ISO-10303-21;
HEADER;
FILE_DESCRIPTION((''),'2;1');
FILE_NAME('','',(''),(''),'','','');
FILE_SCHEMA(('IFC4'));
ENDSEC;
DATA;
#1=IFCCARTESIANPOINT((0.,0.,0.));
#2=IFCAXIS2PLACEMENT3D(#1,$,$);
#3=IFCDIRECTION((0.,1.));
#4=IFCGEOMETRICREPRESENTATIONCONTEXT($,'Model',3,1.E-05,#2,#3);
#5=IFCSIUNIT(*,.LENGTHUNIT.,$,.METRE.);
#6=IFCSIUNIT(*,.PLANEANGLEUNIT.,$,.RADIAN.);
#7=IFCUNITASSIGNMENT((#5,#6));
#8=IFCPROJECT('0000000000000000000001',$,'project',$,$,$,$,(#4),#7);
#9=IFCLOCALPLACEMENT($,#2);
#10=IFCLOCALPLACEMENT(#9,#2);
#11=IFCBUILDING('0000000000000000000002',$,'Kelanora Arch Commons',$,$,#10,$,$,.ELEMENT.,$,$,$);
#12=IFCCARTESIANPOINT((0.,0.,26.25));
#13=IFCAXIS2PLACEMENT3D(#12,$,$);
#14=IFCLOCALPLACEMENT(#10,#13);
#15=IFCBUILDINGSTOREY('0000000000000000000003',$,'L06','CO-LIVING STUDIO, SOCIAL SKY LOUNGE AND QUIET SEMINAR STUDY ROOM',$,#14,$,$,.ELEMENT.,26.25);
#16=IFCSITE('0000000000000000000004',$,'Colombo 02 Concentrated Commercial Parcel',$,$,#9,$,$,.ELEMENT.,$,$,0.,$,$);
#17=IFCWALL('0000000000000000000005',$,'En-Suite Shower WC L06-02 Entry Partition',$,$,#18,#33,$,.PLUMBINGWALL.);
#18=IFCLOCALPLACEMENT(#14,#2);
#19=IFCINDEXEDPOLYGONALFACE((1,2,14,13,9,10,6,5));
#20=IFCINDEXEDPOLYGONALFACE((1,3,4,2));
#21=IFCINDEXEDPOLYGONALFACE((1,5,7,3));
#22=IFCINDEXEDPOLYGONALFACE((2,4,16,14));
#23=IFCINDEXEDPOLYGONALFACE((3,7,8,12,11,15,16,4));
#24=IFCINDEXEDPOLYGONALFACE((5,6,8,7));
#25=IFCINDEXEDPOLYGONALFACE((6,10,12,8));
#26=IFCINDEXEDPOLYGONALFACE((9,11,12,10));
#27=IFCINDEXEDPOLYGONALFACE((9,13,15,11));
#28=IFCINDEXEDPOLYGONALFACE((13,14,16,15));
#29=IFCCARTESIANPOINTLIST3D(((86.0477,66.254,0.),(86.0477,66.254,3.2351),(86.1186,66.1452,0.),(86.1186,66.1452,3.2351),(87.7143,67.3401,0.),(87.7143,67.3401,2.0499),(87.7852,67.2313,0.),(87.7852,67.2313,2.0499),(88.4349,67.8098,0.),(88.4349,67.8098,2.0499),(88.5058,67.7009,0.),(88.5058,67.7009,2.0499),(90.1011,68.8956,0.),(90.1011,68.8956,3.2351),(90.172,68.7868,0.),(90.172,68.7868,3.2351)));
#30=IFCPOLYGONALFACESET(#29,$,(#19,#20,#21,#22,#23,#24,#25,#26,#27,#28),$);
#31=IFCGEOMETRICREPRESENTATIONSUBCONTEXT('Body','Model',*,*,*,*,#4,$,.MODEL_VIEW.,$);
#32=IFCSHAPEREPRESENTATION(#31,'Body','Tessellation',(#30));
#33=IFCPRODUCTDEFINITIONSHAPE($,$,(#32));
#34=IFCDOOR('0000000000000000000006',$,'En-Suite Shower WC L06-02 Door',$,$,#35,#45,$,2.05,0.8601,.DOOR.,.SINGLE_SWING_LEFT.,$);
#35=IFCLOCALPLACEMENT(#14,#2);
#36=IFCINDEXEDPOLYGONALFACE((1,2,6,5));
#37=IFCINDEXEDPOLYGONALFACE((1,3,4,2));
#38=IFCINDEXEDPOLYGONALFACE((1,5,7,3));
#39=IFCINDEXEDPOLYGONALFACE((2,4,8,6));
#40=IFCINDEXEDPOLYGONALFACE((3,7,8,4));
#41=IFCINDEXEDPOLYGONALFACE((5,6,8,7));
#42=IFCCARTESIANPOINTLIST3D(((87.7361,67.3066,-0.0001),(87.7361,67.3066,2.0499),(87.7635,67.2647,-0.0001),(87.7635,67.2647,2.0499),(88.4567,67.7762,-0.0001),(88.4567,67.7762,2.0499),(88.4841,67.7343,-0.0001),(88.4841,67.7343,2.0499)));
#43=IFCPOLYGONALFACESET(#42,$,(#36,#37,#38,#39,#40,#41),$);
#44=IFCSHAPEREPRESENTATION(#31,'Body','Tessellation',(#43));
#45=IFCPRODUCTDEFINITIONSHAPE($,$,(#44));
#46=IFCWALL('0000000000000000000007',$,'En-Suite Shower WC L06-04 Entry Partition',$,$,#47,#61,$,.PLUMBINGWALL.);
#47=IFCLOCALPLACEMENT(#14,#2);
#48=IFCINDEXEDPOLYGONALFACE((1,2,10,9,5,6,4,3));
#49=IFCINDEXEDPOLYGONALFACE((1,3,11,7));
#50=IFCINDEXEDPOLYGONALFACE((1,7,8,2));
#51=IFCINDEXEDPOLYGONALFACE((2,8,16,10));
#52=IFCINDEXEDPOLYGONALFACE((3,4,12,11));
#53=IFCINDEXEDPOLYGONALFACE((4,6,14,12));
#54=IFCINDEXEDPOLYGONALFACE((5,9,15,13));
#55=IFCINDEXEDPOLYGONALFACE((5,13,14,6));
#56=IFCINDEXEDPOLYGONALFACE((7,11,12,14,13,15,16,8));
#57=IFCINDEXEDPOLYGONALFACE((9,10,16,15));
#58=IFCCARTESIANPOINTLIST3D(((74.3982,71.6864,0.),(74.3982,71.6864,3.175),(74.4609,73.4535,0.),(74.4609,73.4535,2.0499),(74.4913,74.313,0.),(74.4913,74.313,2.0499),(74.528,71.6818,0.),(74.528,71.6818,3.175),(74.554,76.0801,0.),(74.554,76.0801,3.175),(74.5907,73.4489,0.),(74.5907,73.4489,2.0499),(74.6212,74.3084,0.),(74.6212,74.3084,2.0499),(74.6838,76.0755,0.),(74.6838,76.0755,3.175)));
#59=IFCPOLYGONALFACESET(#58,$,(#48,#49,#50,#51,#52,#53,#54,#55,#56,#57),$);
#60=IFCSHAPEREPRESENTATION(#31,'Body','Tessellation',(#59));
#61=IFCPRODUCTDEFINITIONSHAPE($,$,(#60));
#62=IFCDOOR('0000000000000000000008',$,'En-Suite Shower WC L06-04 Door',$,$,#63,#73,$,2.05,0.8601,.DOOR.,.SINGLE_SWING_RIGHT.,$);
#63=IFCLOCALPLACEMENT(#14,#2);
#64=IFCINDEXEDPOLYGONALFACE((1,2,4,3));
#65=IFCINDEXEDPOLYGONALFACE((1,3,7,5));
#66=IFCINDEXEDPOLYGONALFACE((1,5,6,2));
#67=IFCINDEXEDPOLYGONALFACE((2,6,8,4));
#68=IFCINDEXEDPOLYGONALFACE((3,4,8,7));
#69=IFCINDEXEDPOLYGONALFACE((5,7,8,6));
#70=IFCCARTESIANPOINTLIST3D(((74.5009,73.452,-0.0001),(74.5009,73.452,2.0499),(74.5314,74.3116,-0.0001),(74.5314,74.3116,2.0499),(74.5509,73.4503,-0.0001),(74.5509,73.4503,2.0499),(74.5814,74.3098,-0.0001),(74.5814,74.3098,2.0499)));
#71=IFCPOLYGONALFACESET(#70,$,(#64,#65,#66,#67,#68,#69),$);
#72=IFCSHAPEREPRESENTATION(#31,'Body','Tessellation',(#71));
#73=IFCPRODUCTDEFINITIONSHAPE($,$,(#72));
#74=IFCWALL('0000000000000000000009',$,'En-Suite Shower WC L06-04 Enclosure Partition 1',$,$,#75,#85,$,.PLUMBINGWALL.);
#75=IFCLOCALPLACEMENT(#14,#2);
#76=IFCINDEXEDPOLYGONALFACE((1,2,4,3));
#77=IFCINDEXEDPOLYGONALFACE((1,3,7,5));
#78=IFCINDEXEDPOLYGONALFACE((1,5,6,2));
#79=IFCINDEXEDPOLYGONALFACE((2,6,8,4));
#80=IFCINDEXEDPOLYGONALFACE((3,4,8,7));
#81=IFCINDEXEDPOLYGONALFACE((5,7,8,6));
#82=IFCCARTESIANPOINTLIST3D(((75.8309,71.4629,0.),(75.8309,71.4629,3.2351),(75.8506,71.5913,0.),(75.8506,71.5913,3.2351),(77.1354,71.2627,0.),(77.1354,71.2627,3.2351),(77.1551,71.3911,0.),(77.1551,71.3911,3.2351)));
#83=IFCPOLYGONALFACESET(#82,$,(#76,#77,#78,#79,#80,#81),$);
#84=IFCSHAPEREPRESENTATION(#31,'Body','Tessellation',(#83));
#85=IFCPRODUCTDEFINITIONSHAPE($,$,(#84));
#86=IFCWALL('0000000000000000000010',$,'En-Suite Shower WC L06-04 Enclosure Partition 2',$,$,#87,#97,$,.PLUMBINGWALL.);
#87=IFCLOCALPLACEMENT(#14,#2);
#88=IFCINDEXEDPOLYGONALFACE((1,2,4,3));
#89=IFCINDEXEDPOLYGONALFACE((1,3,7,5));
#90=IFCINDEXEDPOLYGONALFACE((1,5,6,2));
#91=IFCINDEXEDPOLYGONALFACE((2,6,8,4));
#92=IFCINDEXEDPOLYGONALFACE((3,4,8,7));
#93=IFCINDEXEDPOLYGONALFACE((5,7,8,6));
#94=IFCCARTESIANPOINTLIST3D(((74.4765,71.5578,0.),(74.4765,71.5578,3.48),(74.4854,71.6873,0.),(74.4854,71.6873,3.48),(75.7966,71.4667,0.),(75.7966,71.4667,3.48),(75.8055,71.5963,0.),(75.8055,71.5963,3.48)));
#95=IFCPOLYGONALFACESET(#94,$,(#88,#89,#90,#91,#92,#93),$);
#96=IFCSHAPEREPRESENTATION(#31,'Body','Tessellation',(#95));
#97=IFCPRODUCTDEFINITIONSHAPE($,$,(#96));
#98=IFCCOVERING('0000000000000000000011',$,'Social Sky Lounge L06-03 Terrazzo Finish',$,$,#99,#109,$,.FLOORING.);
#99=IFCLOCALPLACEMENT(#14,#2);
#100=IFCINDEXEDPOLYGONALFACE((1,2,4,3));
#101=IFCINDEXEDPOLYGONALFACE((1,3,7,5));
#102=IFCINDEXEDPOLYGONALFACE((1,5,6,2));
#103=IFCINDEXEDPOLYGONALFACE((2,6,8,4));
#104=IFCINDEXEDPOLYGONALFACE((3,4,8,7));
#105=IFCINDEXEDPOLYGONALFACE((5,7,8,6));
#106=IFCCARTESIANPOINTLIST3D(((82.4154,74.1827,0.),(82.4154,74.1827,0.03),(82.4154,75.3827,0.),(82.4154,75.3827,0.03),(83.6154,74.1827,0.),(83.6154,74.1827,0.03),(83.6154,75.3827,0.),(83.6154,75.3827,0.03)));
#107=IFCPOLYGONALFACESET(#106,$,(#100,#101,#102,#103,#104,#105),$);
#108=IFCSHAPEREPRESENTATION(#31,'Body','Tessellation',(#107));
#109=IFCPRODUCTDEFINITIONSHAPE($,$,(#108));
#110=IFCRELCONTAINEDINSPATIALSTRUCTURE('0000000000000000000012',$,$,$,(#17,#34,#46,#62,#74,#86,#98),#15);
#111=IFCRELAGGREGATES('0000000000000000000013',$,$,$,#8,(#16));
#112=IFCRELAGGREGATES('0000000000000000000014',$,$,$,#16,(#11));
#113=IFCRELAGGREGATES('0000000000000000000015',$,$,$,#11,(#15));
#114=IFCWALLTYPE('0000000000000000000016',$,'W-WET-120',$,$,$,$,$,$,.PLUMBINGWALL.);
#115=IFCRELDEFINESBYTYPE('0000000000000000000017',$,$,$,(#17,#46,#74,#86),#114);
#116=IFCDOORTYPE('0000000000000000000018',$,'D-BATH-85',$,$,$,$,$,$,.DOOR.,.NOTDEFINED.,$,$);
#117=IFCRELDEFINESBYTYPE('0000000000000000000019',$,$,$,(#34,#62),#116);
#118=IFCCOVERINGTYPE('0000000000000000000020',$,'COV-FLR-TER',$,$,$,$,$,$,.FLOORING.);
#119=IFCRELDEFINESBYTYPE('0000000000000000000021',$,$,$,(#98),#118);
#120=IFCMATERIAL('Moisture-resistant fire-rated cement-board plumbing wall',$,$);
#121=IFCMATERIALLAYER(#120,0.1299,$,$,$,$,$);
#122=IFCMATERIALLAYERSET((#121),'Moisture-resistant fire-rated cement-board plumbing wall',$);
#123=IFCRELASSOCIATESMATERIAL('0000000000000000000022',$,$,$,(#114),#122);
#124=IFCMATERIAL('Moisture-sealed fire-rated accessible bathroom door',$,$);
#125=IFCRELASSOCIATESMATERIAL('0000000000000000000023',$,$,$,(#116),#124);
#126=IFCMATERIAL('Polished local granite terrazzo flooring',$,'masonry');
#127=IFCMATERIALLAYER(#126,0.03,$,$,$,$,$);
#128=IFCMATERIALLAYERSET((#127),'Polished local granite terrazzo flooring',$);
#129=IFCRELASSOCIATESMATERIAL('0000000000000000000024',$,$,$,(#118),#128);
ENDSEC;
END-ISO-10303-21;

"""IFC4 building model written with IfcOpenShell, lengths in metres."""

from ifc_helpers import new_model, si_unit, direction, frame, frame_2d, origin, origin_2d, place, context, subcontext, project, spatial, rectangle, extrude, source, transform, mapped, material, layer, layer_set, type_object, element, fill, save


model = new_model("IFC4")

# Units and contexts
model_context = context("Model", 3, precision=1e-05, world=origin(), true_north=direction((0.0, 1.0)))
body_context = subcontext(model_context, "Body", "Model", "MODEL_VIEW")
ifc_project = project(units=[si_unit("LENGTHUNIT", "METRE"), si_unit("PLANEANGLEUNIT", "RADIAN")], contexts=[model_context])

# Site, building, storey
site_placement = place(None, origin())
site = spatial("IfcSite", under=ifc_project, at=site_placement, Name="Colombo 02 Concentrated Commercial Parcel", CompositionType="ELEMENT", RefElevation=0.0)
building_placement = place(site_placement, origin())
building = spatial("IfcBuilding", under=site, at=building_placement, Name="Kelanora Arch Commons", CompositionType="ELEMENT")
storey_placement = place(building_placement, frame((0.0, 0.0, 26.25)))
storey = spatial("IfcBuildingStorey", under=building, at=storey_placement, Name="L06", Description="CO-LIVING STUDIO, SOCIAL SKY LOUNGE AND QUIET SEMINAR STUDY ROOM", CompositionType="ELEMENT", Elevation=26.25)

# Walls, openings, doors
ifc_material_1 = material(Name="Moisture-resistant fire-rated cement-board plumbing wall")
ifc_layer_1 = layer(ifc_material_1, 0.1299)
ifc_layer_set_1 = layer_set([ifc_layer_1], Name="Moisture-resistant fire-rated cement-board plumbing wall")
wall_type_1 = type_object("IfcWallType", Name="W-WET-120", PredefinedType="PLUMBINGWALL", material=ifc_layer_set_1)
wall_1_placement = place(storey_placement, frame((86.0833, 66.1997, 0.0), z_axis=(0.0, 0.0, 1.0), x_axis=(0.837796, 0.545983, 0.0)))
wall_1 = element("IfcWall", 1, at=wall_1_placement, inside=storey, type_object=wall_type_1, Name="En-Suite Shower WC L06-02 Entry Partition", PredefinedType="PLUMBINGWALL", context=body_context, shape_type="SweptSolid", body=[
    extrude(rectangle(XDim=4.8381, YDim=0.1299, at=frame_2d((2.4189, 0.0))), origin(), (0.0, 0.0, 1.0), 3.2351),
])
opening_1_placement = place(wall_1_placement, frame((1.989, 0.0, 0.0)))
opening_1 = element("IfcOpeningElement", 2, at=opening_1_placement, cuts=wall_1, PredefinedType="OPENING", context=body_context, shape_type="SweptSolid", body=[
    extrude(rectangle(XDim=0.8601, YDim=2.05, at=frame_2d((0.4302, 1.0249))), frame((0.0, 0.075, 0.0), z_axis=(0.0, -1.0, 0.0), x_axis=(1.0, 0.0, 0.0)), (0.0, 0.0, 1.0), 0.1499),
])
ifc_material_2 = material(Name="Moisture-sealed fire-rated accessible bathroom door")
door_type_1 = type_object("IfcDoorType", Name="D-BATH-85", OperationType="NOTDEFINED", PredefinedType="DOOR", material=ifc_material_2)
door_1_placement = place(opening_1_placement, origin())
door_1 = element("IfcDoor", 3, at=door_1_placement, inside=storey, type_object=door_type_1, Name="En-Suite Shower WC L06-02 Door", OperationType="SINGLE_SWING_LEFT", OverallHeight=2.05, OverallWidth=0.8601, PredefinedType="DOOR", context=body_context, shape_type="SweptSolid", body=[
    extrude(rectangle(XDim=0.8601, YDim=2.05, at=frame_2d((0.4302, 1.0249))), frame((0.0, 0.0249, 0.0), z_axis=(0.0, -1.0, 0.0), x_axis=(1.0, 0.0, 0.0)), (0.0, 0.0, 1.0), 0.05),
])
fill(opening_1, door_1)
wall_2_placement = place(storey_placement, frame((74.4631, 71.6841, 0.0), z_axis=(0.0, 0.0, 1.0), x_axis=(0.035428, 0.999372, 0.0)))
wall_2 = element("IfcWall", 4, at=wall_2_placement, inside=storey, type_object=wall_type_1, Name="En-Suite Shower WC L06-04 Entry Partition", PredefinedType="PLUMBINGWALL", context=body_context, shape_type="SweptSolid", body=[
    extrude(rectangle(XDim=4.3965, YDim=0.1299, at=frame_2d((2.1982, 0.0))), origin(), (0.0, 0.0, 1.0), 3.175),
])
opening_2_placement = place(wall_2_placement, frame((1.7681, 0.0, 0.0)))
opening_2 = element("IfcOpeningElement", 5, at=opening_2_placement, cuts=wall_2, PredefinedType="OPENING", context=body_context, shape_type="SweptSolid", body=[
    extrude(rectangle(XDim=0.8601, YDim=2.05, at=frame_2d((0.4302, 1.0249))), frame((0.0, 0.075, 0.0), z_axis=(0.0, -1.0, 0.0), x_axis=(1.0, 0.0, 0.0)), (0.0, 0.0, 1.0), 0.1499),
])
door_2_placement = place(opening_2_placement, origin())
door_2 = element("IfcDoor", 6, at=door_2_placement, inside=storey, type_object=door_type_1, Name="En-Suite Shower WC L06-04 Door", OperationType="SINGLE_SWING_RIGHT", OverallHeight=2.05, OverallWidth=0.8601, PredefinedType="DOOR", context=body_context, shape_type="SweptSolid", body=[
    extrude(rectangle(XDim=0.8601, YDim=2.05, at=frame_2d((0.4302, 1.0249))), frame((0.0, 0.0249, 0.0), z_axis=(0.0, -1.0, 0.0), x_axis=(1.0, 0.0, 0.0)), (0.0, 0.0, 1.0), 0.05),
])
fill(opening_2, door_2)

# Walls
wall_3_placement = place(storey_placement, frame((77.1453, 71.3269, 0.0), z_axis=(0.0, 0.0, 1.0), x_axis=(-0.988427, 0.151696, 0.0)))
element("IfcWall", 7, at=wall_3_placement, inside=storey, type_object=wall_type_1, Name="En-Suite Shower WC L06-04 Enclosure Partition 1", PredefinedType="PLUMBINGWALL", context=body_context, shape_type="SweptSolid", body=[
    extrude(rectangle(XDim=1.3198, YDim=0.1299, at=frame_2d((0.6599, 0.0))), origin(), (0.0, 0.0, 1.0), 3.2351),
])
wall_4_placement = place(storey_placement, frame((75.801, 71.5315, 0.0), z_axis=(0.0, 0.0, 1.0), x_axis=(-0.997629, 0.068821, 0.0)))
element("IfcWall", 8, at=wall_4_placement, inside=storey, type_object=wall_type_1, Name="En-Suite Shower WC L06-04 Enclosure Partition 2", PredefinedType="PLUMBINGWALL", context=body_context, shape_type="SweptSolid", body=[
    extrude(rectangle(XDim=1.3232, YDim=0.1299, at=frame_2d((0.6616, 0.0))), origin(), (0.0, 0.0, 1.0), 3.48),
])

# Covering
ifc_material_3 = material(Name="Polished local granite terrazzo flooring", Category="masonry")
ifc_layer_2 = layer(ifc_material_3, 0.03)
ifc_layer_set_2 = layer_set([ifc_layer_2], Name="Polished local granite terrazzo flooring")
covering_type = type_object("IfcCoveringType", Name="COV-FLR-TER", PredefinedType="FLOORING", material=ifc_layer_set_2)
shared_shape = source(origin(), body_context, "Body", "SweptSolid", [
    extrude(rectangle(XDim=1.2, YDim=1.2, at=origin_2d()), origin(), (0.0, 0.0, 1.0), 0.03),
])
covering_placement = place(storey_placement, frame((83.0154, 74.7827, 0.0), z_axis=(0.0, 0.0, 1.0), x_axis=(1.0, 0.0, 0.0)))
element("IfcCovering", 9, at=covering_placement, inside=storey, type_object=covering_type, Name="Social Sky Lounge L06-03 Terrazzo Finish", PredefinedType="FLOORING", context=body_context, shape_type="MappedRepresentation", body=[
    mapped(shared_shape, transform((0.0, 0.0, 0.0), scale=1.0)),
])

save(model, "model.ifc")
